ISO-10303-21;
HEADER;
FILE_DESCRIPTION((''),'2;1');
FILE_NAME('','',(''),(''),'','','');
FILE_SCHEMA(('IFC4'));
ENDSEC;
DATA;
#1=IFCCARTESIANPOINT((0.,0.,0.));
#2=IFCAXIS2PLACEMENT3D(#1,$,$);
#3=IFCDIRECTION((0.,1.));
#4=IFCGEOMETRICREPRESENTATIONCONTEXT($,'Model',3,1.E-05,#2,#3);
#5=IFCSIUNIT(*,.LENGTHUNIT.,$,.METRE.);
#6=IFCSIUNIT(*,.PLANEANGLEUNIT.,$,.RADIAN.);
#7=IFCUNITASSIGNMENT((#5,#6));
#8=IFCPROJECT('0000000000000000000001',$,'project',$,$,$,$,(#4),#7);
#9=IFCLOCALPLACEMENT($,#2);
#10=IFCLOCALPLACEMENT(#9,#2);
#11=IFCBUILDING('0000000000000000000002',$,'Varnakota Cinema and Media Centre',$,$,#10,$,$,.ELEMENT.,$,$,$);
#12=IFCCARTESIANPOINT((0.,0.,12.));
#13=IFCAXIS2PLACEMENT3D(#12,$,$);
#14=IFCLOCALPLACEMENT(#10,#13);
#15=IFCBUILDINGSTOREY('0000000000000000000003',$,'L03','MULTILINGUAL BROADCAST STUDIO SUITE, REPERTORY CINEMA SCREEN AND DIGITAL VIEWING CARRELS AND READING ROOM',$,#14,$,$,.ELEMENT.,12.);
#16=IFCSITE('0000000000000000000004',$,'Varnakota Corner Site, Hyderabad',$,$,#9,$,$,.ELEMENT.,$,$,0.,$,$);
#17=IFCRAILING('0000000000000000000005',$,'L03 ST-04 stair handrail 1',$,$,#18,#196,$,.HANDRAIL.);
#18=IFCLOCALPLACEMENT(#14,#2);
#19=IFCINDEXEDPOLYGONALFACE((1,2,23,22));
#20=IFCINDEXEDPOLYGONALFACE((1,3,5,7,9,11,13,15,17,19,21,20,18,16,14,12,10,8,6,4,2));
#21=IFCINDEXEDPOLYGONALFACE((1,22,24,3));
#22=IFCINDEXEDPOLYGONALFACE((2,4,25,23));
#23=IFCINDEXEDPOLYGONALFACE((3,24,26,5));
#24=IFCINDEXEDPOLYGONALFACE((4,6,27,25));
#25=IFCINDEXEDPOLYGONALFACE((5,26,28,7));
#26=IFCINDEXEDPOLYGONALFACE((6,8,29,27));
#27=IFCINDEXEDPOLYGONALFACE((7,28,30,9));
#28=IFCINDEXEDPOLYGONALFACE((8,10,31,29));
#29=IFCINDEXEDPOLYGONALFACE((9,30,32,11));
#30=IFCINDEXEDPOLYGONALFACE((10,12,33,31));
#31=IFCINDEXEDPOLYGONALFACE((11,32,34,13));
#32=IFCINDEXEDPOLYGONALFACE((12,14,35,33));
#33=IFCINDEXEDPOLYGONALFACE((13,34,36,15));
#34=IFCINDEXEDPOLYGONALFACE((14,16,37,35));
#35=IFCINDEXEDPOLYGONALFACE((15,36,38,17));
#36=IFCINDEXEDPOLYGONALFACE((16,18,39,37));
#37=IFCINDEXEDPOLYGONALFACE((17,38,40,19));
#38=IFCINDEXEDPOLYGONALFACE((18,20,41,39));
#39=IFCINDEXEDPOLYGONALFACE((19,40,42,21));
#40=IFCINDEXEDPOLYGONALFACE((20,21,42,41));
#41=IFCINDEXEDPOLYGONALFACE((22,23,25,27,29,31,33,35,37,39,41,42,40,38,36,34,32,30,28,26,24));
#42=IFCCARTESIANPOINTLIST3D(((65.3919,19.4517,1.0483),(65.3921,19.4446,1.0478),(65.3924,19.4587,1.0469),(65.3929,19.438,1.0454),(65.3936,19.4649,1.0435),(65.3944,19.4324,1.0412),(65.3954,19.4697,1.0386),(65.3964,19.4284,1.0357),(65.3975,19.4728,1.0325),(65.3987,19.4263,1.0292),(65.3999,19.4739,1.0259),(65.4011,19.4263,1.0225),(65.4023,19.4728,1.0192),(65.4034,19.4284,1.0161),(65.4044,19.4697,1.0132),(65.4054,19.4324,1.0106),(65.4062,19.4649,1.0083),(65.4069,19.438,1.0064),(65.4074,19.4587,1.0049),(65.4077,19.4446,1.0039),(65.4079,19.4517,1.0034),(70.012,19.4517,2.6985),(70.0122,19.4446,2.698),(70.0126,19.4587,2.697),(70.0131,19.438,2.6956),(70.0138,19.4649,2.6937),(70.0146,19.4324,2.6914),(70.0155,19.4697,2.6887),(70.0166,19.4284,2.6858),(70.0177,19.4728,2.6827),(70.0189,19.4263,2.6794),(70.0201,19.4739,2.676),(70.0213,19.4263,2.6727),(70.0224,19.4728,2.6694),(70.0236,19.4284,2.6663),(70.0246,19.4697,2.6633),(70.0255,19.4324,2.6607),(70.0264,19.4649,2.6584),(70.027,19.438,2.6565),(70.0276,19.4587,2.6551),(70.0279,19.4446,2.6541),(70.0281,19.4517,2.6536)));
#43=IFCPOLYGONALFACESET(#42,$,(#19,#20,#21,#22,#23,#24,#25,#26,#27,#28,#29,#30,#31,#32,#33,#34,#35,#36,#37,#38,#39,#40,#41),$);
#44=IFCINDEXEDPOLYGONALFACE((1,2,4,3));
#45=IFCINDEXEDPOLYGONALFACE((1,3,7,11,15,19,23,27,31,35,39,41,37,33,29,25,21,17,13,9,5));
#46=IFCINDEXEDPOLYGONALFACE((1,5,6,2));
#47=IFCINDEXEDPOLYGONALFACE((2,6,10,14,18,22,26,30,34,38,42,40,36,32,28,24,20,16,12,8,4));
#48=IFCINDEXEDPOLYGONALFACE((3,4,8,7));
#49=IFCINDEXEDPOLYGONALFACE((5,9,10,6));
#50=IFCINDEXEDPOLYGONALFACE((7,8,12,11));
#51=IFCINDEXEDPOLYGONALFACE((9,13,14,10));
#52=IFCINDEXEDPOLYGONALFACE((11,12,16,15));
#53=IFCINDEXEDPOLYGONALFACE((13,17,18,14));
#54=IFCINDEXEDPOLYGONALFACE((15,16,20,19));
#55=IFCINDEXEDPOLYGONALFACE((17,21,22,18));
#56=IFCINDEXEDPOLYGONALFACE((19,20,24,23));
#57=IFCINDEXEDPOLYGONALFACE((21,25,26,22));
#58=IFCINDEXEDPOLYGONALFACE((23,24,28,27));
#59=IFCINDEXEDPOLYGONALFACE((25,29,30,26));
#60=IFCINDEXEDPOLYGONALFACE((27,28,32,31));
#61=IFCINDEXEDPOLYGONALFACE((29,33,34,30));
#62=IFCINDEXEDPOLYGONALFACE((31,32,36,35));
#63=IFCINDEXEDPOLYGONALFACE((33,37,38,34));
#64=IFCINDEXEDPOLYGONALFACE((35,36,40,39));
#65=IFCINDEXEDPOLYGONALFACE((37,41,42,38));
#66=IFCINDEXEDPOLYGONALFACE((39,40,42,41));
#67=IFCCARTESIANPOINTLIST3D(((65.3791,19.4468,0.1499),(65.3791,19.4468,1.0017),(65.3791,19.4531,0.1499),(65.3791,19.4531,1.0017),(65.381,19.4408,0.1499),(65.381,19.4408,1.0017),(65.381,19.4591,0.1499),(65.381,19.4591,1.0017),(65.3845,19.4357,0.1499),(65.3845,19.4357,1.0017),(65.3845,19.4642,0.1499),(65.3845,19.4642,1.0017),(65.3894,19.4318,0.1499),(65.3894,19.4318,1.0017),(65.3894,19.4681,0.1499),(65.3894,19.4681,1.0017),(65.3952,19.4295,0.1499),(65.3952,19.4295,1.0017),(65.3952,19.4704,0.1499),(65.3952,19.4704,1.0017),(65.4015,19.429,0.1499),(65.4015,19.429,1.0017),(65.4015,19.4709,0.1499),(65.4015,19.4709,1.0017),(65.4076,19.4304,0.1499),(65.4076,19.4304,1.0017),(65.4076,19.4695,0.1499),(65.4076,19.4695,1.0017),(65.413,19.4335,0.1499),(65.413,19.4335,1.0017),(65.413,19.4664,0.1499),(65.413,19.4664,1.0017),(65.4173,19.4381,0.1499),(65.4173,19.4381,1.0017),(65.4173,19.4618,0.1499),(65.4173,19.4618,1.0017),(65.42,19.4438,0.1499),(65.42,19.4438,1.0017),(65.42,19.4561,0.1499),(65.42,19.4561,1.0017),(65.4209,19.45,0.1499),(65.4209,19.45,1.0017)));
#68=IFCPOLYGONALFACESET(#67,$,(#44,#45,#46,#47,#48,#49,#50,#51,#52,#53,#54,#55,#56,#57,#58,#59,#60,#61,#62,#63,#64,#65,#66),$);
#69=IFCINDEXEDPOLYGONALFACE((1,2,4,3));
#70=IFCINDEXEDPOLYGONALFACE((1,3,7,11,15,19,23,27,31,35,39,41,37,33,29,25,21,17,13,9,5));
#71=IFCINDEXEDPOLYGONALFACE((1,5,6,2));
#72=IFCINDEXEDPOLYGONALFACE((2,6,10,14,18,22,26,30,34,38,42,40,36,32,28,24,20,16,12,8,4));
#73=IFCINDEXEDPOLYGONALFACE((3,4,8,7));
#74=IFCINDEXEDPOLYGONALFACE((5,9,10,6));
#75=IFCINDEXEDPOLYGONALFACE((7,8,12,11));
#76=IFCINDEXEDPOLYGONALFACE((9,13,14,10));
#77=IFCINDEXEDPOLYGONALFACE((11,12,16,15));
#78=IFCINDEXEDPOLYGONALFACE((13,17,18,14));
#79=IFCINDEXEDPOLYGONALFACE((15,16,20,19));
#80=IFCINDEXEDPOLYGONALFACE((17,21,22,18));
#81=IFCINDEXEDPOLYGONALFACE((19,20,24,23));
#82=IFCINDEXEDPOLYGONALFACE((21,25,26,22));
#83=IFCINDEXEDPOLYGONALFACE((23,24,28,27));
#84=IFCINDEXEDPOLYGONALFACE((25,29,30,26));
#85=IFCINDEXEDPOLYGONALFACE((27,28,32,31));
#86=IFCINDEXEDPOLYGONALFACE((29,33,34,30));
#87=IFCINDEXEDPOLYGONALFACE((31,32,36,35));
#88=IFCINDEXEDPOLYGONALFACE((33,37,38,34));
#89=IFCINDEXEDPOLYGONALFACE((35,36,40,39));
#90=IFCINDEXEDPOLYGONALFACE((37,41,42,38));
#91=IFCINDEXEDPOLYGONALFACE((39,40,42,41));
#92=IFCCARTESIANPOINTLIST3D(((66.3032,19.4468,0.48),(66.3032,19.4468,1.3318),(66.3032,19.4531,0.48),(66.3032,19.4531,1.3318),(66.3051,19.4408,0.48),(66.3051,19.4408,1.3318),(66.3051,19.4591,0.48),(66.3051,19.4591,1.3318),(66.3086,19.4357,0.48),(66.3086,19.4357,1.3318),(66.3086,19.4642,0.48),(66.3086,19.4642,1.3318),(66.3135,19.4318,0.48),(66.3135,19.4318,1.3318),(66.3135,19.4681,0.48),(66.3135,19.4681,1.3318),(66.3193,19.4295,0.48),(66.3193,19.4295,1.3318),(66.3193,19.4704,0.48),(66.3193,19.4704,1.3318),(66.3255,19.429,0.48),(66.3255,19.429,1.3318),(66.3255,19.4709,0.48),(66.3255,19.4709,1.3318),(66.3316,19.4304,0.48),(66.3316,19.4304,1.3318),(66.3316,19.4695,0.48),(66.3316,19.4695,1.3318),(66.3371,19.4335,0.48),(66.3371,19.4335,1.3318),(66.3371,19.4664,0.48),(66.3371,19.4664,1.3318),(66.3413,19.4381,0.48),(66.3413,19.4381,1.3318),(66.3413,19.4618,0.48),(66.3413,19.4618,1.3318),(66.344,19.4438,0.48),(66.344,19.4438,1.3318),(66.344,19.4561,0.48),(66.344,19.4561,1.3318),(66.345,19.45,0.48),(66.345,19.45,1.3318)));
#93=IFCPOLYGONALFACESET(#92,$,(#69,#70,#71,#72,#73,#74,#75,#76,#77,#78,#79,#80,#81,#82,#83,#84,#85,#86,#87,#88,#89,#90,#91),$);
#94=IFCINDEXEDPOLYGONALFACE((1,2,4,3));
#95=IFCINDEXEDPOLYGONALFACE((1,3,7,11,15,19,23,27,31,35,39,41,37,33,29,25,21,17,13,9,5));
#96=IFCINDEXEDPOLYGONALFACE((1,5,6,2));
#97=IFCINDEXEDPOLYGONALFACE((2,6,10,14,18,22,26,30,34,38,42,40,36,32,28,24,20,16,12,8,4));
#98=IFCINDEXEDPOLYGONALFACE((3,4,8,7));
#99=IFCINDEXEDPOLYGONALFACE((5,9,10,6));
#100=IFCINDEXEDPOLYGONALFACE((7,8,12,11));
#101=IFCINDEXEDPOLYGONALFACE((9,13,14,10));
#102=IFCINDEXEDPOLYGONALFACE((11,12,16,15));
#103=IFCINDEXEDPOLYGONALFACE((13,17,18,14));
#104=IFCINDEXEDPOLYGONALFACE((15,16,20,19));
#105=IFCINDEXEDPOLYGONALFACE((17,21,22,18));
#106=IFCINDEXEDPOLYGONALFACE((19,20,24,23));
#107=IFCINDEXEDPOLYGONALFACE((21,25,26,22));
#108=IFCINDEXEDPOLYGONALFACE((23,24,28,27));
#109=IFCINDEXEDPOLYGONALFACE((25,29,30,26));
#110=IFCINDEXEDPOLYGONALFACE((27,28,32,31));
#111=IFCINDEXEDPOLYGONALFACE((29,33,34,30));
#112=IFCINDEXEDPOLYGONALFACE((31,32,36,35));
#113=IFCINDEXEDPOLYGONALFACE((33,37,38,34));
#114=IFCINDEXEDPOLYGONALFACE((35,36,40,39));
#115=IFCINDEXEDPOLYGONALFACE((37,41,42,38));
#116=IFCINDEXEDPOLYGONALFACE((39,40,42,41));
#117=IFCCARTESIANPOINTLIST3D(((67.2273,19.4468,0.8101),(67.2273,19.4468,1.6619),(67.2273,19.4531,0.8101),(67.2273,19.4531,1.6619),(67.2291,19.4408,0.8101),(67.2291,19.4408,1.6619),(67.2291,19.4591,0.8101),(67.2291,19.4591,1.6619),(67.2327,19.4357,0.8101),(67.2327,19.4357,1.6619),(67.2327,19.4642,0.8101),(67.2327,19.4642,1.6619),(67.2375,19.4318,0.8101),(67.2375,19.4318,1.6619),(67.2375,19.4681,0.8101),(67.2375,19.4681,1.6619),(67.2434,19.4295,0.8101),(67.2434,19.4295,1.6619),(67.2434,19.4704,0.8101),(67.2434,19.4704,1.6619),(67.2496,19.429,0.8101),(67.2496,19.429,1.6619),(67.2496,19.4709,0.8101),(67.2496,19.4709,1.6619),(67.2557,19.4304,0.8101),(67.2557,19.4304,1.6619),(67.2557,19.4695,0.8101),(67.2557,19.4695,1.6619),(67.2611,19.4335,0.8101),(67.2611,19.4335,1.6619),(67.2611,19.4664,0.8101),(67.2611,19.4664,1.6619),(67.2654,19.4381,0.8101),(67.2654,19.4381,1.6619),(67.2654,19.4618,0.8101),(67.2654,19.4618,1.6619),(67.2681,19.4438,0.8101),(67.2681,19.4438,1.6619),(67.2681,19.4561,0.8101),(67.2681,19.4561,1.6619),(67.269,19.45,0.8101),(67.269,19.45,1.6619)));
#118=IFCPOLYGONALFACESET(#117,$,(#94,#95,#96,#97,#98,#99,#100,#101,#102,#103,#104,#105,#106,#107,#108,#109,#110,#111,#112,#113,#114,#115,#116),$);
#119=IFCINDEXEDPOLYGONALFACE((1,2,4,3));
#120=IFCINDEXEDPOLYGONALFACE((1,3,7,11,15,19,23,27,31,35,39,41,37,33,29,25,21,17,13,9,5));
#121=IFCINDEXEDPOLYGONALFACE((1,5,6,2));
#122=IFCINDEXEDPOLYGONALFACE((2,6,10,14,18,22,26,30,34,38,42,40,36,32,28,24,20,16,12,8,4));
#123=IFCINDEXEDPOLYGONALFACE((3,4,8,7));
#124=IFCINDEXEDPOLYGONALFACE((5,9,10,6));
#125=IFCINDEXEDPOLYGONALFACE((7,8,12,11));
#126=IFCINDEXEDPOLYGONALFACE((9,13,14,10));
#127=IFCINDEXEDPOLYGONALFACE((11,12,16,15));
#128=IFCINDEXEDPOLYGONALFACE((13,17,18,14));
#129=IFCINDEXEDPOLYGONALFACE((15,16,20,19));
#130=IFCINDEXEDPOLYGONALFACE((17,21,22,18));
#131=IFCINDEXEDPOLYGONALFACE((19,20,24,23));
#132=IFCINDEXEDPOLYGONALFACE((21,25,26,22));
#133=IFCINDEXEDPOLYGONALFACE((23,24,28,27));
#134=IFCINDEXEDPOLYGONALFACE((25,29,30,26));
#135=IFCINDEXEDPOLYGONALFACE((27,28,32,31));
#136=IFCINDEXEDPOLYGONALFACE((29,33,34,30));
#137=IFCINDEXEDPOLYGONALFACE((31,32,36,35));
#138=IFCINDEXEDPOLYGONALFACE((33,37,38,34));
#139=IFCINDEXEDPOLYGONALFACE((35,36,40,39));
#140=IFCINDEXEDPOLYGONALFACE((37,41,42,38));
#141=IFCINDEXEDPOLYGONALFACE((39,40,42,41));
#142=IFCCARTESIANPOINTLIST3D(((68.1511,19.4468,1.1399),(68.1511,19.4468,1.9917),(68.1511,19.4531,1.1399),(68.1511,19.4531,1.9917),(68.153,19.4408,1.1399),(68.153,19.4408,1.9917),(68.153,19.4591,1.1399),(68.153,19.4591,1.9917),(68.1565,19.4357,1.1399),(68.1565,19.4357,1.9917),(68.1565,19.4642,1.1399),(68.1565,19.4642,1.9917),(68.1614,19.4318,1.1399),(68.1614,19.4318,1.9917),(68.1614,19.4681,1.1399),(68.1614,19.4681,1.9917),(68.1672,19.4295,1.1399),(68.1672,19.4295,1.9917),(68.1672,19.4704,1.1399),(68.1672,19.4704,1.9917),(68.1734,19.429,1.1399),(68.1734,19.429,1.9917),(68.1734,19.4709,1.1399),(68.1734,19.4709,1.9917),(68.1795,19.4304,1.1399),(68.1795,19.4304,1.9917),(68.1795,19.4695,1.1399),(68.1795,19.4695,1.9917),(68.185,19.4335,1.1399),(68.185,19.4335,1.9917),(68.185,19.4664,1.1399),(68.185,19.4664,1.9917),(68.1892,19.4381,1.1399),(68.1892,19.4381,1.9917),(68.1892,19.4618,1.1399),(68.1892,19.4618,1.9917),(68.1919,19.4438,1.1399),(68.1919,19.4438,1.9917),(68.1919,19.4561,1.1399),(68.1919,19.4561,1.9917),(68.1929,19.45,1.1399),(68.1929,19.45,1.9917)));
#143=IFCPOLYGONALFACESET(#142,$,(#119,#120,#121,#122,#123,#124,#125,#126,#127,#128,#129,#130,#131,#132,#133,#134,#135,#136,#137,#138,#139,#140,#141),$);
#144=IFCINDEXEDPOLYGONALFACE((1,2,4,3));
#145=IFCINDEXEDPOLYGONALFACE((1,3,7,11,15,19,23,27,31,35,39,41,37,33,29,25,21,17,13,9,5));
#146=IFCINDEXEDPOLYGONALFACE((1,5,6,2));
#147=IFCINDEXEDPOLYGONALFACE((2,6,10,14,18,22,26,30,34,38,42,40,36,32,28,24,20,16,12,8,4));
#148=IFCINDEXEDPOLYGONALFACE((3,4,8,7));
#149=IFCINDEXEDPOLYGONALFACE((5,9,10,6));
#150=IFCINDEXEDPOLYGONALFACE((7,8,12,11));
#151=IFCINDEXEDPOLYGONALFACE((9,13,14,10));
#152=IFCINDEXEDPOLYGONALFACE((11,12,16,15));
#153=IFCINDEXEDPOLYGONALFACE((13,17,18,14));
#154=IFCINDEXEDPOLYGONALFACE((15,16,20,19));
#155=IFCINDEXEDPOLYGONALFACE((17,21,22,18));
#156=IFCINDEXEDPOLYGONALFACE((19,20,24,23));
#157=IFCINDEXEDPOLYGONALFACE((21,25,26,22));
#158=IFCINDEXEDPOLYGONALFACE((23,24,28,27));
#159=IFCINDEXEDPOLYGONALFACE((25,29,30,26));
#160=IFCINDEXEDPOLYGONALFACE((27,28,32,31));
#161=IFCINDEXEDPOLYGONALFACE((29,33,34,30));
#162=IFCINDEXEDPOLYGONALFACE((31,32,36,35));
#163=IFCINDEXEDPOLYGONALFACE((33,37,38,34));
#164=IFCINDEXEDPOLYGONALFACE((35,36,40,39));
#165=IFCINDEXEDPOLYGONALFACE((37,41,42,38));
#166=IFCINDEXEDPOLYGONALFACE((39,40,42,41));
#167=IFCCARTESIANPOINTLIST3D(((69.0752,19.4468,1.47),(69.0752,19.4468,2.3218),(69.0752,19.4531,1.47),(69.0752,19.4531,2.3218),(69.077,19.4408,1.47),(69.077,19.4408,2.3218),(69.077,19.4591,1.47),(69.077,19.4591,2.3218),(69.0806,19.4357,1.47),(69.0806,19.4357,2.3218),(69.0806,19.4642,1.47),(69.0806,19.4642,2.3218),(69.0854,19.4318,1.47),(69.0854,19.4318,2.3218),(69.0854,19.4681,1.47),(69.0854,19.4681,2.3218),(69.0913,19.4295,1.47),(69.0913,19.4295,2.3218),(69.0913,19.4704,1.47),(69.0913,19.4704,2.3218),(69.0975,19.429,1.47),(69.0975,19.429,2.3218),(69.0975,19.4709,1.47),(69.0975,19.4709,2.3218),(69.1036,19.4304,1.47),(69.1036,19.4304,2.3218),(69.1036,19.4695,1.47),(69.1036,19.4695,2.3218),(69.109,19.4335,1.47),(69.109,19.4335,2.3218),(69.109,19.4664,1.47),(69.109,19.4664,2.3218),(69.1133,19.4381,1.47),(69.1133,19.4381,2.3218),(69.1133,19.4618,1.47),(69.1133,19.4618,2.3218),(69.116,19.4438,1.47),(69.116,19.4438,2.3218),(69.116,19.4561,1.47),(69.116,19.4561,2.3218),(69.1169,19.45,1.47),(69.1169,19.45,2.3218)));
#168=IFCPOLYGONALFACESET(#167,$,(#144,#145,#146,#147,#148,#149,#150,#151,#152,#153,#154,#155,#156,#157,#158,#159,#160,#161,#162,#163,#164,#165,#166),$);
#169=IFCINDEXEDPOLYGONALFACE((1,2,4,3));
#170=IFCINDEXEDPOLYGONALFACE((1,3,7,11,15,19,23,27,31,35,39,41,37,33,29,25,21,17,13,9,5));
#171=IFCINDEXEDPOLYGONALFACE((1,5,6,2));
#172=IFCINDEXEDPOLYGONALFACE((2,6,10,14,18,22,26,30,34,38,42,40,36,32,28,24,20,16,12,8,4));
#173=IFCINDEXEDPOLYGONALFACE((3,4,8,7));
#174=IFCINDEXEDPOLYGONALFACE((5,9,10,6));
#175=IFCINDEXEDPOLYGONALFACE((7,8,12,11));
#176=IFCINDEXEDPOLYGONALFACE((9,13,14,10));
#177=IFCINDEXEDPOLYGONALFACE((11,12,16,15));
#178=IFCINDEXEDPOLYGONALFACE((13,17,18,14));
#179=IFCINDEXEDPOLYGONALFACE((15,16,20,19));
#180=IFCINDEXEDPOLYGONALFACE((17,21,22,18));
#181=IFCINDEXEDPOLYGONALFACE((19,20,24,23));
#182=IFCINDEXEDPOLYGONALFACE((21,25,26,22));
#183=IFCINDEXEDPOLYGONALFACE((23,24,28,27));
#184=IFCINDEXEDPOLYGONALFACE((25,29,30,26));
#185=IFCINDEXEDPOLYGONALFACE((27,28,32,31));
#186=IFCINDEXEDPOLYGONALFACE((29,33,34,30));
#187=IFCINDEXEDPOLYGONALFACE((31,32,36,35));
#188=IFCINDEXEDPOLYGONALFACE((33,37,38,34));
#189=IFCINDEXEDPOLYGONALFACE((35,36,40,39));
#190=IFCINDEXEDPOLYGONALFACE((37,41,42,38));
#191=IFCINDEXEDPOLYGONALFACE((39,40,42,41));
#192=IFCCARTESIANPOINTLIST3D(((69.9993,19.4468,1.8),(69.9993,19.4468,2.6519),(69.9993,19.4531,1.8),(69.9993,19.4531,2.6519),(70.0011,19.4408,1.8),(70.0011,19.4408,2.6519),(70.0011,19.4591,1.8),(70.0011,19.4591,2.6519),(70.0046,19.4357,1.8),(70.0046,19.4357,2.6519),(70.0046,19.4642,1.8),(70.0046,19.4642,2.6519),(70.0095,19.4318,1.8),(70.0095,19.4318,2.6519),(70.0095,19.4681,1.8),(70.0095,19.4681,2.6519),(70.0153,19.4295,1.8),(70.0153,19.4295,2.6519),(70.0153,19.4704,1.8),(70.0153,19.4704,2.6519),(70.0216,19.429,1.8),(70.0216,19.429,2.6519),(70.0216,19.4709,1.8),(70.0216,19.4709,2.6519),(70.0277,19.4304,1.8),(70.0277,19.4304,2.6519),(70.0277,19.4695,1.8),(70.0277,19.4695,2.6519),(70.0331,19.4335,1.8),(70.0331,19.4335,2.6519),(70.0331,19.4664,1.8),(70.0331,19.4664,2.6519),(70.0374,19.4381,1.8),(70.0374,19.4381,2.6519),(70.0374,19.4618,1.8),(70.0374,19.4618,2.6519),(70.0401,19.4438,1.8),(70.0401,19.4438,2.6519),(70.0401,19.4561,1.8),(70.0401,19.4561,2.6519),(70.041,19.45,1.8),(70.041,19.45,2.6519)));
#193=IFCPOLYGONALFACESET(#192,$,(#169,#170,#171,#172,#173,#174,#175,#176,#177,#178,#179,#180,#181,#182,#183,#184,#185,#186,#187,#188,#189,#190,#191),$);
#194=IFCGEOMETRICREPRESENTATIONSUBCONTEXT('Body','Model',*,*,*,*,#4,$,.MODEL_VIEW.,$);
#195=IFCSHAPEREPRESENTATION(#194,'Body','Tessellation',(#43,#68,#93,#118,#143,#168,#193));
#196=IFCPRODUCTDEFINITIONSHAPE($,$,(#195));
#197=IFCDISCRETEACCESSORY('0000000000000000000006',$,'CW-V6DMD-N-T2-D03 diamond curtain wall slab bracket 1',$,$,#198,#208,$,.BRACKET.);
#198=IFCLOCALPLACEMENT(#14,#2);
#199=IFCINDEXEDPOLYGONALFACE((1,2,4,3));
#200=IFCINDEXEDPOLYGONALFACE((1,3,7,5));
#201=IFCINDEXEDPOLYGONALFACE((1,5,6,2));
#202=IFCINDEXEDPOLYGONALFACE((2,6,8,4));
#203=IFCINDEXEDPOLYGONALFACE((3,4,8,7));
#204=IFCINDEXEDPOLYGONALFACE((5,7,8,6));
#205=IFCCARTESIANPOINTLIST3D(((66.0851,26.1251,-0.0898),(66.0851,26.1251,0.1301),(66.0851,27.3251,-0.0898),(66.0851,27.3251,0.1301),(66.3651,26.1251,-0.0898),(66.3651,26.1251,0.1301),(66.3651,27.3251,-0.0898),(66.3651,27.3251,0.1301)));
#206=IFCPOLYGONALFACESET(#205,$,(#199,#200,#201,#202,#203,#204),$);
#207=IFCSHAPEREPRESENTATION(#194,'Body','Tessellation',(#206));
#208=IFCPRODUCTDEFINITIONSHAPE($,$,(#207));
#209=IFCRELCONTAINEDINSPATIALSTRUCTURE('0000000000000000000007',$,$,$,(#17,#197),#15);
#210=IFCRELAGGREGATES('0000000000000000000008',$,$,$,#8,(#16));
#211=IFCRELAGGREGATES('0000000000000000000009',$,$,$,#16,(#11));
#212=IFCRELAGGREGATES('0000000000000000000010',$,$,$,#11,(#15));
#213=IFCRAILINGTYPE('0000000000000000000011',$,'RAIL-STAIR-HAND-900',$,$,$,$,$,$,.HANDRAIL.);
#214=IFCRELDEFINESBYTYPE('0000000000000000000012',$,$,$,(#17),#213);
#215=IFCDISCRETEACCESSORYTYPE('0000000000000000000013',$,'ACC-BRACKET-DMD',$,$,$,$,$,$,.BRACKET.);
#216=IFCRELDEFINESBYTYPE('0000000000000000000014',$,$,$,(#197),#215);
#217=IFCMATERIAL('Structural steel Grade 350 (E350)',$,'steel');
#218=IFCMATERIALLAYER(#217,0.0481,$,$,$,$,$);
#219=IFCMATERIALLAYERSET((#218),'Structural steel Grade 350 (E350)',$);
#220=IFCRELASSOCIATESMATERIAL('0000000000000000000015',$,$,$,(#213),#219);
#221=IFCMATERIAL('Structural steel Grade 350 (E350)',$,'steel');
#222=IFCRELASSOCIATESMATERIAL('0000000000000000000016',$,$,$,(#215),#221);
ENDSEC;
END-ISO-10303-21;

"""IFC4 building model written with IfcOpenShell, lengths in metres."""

from ifc_helpers import new_model, si_unit, direction, frame, origin, origin_2d, place, context, subcontext, project, spatial, rectangle, circle, extrude, material, layer, layer_set, type_object, element, save


model = new_model("IFC4")

# Units and contexts
model_context = context("Model", 3, precision=1e-05, world=origin(), true_north=direction((0.0, 1.0)))
body_context = subcontext(model_context, "Body", "Model", "MODEL_VIEW")
ifc_project = project(units=[si_unit("LENGTHUNIT", "METRE"), si_unit("PLANEANGLEUNIT", "RADIAN")], contexts=[model_context])

# Site, building, storey
site_placement = place(None, origin())
site = spatial("IfcSite", under=ifc_project, at=site_placement, Name="Varnakota Corner Site, Hyderabad", CompositionType="ELEMENT", RefElevation=0.0)
building_placement = place(site_placement, origin())
building = spatial("IfcBuilding", under=site, at=building_placement, Name="Varnakota Cinema and Media Centre", CompositionType="ELEMENT")
storey_placement = place(building_placement, frame((0.0, 0.0, 12.0)))
storey = spatial("IfcBuildingStorey", under=building, at=storey_placement, Name="L03", Description="MULTILINGUAL BROADCAST STUDIO SUITE, REPERTORY CINEMA SCREEN AND DIGITAL VIEWING CARRELS AND READING ROOM", CompositionType="ELEMENT", Elevation=12.0)

# Railing
ifc_material_1 = material(Name="Structural steel Grade 350 (E350)", Category="steel")
ifc_layer_1 = layer(ifc_material_1, 0.0481)
ifc_layer_set_1 = layer_set([ifc_layer_1], Name="Structural steel Grade 350 (E350)")
railing_type_1 = type_object("IfcRailingType", Name="RAIL-STAIR-HAND-900", PredefinedType="HANDRAIL", material=ifc_layer_set_1)
railing_1_placement = place(storey_placement, frame((65.3999, 19.45, 0.1499)))
element("IfcRailing", 1, at=railing_1_placement, inside=storey, type_object=railing_type_1, Name="L03 ST-04 stair handrail 1", PredefinedType="HANDRAIL", context=body_context, shape_type="SweptSolid", body=[
    extrude(circle(Radius=0.0239, at=origin_2d()), frame((0.0, 0.0, 0.876), z_axis=(0.941735, 0.0, 0.336355), x_axis=(0.0, 1.0, 0.0)), (0.0, 0.0, 1.0), 4.906),
    extrude(circle(Radius=0.021, at=origin_2d()), origin(), (0.0, 0.0, 1.0), 0.8518),
    extrude(circle(Radius=0.021, at=origin_2d()), frame((0.9241, 0.0, 0.3301)), (0.0, 0.0, 1.0), 0.8518),
    extrude(circle(Radius=0.021, at=origin_2d()), frame((1.8481, 0.0, 0.6602)), (0.0, 0.0, 1.0), 0.8518),
    extrude(circle(Radius=0.021, at=origin_2d()), frame((2.772, 0.0, 0.99)), (0.0, 0.0, 1.0), 0.8518),
    extrude(circle(Radius=0.021, at=origin_2d()), frame((3.696, 0.0, 1.3201)), (0.0, 0.0, 1.0), 0.8518),
    extrude(circle(Radius=0.021, at=origin_2d()), frame((4.6201, 0.0, 1.6501)), (0.0, 0.0, 1.0), 0.8518),
])

# Discrete accessory
ifc_material_2 = material(Name="Structural steel Grade 350 (E350)", Category="steel")
discrete_accessory_type_1 = type_object("IfcDiscreteAccessoryType", Name="ACC-BRACKET-DMD", PredefinedType="BRACKET", material=ifc_material_2)
for number, where, z_axis, x_axis, name in (
    (2, (66.2251, 26.7251, -0.0898), (0.0, 0.0, 1.0), (1.0, 0.0, 0.0), "CW-V6DMD-N-T2-D03 diamond curtain wall slab bracket 1"),
):
    element("IfcDiscreteAccessory", number, at=place(storey_placement, frame(where, z_axis=z_axis, x_axis=x_axis)), inside=storey, type_object=discrete_accessory_type_1, Name=name, PredefinedType="BRACKET", context=body_context, shape_type="SweptSolid", body=[
        extrude(rectangle(XDim=0.28, YDim=1.2, at=origin_2d()), origin(), (0.0, 0.0, 1.0), 0.22),
    ])

save(model, "model.ifc")
